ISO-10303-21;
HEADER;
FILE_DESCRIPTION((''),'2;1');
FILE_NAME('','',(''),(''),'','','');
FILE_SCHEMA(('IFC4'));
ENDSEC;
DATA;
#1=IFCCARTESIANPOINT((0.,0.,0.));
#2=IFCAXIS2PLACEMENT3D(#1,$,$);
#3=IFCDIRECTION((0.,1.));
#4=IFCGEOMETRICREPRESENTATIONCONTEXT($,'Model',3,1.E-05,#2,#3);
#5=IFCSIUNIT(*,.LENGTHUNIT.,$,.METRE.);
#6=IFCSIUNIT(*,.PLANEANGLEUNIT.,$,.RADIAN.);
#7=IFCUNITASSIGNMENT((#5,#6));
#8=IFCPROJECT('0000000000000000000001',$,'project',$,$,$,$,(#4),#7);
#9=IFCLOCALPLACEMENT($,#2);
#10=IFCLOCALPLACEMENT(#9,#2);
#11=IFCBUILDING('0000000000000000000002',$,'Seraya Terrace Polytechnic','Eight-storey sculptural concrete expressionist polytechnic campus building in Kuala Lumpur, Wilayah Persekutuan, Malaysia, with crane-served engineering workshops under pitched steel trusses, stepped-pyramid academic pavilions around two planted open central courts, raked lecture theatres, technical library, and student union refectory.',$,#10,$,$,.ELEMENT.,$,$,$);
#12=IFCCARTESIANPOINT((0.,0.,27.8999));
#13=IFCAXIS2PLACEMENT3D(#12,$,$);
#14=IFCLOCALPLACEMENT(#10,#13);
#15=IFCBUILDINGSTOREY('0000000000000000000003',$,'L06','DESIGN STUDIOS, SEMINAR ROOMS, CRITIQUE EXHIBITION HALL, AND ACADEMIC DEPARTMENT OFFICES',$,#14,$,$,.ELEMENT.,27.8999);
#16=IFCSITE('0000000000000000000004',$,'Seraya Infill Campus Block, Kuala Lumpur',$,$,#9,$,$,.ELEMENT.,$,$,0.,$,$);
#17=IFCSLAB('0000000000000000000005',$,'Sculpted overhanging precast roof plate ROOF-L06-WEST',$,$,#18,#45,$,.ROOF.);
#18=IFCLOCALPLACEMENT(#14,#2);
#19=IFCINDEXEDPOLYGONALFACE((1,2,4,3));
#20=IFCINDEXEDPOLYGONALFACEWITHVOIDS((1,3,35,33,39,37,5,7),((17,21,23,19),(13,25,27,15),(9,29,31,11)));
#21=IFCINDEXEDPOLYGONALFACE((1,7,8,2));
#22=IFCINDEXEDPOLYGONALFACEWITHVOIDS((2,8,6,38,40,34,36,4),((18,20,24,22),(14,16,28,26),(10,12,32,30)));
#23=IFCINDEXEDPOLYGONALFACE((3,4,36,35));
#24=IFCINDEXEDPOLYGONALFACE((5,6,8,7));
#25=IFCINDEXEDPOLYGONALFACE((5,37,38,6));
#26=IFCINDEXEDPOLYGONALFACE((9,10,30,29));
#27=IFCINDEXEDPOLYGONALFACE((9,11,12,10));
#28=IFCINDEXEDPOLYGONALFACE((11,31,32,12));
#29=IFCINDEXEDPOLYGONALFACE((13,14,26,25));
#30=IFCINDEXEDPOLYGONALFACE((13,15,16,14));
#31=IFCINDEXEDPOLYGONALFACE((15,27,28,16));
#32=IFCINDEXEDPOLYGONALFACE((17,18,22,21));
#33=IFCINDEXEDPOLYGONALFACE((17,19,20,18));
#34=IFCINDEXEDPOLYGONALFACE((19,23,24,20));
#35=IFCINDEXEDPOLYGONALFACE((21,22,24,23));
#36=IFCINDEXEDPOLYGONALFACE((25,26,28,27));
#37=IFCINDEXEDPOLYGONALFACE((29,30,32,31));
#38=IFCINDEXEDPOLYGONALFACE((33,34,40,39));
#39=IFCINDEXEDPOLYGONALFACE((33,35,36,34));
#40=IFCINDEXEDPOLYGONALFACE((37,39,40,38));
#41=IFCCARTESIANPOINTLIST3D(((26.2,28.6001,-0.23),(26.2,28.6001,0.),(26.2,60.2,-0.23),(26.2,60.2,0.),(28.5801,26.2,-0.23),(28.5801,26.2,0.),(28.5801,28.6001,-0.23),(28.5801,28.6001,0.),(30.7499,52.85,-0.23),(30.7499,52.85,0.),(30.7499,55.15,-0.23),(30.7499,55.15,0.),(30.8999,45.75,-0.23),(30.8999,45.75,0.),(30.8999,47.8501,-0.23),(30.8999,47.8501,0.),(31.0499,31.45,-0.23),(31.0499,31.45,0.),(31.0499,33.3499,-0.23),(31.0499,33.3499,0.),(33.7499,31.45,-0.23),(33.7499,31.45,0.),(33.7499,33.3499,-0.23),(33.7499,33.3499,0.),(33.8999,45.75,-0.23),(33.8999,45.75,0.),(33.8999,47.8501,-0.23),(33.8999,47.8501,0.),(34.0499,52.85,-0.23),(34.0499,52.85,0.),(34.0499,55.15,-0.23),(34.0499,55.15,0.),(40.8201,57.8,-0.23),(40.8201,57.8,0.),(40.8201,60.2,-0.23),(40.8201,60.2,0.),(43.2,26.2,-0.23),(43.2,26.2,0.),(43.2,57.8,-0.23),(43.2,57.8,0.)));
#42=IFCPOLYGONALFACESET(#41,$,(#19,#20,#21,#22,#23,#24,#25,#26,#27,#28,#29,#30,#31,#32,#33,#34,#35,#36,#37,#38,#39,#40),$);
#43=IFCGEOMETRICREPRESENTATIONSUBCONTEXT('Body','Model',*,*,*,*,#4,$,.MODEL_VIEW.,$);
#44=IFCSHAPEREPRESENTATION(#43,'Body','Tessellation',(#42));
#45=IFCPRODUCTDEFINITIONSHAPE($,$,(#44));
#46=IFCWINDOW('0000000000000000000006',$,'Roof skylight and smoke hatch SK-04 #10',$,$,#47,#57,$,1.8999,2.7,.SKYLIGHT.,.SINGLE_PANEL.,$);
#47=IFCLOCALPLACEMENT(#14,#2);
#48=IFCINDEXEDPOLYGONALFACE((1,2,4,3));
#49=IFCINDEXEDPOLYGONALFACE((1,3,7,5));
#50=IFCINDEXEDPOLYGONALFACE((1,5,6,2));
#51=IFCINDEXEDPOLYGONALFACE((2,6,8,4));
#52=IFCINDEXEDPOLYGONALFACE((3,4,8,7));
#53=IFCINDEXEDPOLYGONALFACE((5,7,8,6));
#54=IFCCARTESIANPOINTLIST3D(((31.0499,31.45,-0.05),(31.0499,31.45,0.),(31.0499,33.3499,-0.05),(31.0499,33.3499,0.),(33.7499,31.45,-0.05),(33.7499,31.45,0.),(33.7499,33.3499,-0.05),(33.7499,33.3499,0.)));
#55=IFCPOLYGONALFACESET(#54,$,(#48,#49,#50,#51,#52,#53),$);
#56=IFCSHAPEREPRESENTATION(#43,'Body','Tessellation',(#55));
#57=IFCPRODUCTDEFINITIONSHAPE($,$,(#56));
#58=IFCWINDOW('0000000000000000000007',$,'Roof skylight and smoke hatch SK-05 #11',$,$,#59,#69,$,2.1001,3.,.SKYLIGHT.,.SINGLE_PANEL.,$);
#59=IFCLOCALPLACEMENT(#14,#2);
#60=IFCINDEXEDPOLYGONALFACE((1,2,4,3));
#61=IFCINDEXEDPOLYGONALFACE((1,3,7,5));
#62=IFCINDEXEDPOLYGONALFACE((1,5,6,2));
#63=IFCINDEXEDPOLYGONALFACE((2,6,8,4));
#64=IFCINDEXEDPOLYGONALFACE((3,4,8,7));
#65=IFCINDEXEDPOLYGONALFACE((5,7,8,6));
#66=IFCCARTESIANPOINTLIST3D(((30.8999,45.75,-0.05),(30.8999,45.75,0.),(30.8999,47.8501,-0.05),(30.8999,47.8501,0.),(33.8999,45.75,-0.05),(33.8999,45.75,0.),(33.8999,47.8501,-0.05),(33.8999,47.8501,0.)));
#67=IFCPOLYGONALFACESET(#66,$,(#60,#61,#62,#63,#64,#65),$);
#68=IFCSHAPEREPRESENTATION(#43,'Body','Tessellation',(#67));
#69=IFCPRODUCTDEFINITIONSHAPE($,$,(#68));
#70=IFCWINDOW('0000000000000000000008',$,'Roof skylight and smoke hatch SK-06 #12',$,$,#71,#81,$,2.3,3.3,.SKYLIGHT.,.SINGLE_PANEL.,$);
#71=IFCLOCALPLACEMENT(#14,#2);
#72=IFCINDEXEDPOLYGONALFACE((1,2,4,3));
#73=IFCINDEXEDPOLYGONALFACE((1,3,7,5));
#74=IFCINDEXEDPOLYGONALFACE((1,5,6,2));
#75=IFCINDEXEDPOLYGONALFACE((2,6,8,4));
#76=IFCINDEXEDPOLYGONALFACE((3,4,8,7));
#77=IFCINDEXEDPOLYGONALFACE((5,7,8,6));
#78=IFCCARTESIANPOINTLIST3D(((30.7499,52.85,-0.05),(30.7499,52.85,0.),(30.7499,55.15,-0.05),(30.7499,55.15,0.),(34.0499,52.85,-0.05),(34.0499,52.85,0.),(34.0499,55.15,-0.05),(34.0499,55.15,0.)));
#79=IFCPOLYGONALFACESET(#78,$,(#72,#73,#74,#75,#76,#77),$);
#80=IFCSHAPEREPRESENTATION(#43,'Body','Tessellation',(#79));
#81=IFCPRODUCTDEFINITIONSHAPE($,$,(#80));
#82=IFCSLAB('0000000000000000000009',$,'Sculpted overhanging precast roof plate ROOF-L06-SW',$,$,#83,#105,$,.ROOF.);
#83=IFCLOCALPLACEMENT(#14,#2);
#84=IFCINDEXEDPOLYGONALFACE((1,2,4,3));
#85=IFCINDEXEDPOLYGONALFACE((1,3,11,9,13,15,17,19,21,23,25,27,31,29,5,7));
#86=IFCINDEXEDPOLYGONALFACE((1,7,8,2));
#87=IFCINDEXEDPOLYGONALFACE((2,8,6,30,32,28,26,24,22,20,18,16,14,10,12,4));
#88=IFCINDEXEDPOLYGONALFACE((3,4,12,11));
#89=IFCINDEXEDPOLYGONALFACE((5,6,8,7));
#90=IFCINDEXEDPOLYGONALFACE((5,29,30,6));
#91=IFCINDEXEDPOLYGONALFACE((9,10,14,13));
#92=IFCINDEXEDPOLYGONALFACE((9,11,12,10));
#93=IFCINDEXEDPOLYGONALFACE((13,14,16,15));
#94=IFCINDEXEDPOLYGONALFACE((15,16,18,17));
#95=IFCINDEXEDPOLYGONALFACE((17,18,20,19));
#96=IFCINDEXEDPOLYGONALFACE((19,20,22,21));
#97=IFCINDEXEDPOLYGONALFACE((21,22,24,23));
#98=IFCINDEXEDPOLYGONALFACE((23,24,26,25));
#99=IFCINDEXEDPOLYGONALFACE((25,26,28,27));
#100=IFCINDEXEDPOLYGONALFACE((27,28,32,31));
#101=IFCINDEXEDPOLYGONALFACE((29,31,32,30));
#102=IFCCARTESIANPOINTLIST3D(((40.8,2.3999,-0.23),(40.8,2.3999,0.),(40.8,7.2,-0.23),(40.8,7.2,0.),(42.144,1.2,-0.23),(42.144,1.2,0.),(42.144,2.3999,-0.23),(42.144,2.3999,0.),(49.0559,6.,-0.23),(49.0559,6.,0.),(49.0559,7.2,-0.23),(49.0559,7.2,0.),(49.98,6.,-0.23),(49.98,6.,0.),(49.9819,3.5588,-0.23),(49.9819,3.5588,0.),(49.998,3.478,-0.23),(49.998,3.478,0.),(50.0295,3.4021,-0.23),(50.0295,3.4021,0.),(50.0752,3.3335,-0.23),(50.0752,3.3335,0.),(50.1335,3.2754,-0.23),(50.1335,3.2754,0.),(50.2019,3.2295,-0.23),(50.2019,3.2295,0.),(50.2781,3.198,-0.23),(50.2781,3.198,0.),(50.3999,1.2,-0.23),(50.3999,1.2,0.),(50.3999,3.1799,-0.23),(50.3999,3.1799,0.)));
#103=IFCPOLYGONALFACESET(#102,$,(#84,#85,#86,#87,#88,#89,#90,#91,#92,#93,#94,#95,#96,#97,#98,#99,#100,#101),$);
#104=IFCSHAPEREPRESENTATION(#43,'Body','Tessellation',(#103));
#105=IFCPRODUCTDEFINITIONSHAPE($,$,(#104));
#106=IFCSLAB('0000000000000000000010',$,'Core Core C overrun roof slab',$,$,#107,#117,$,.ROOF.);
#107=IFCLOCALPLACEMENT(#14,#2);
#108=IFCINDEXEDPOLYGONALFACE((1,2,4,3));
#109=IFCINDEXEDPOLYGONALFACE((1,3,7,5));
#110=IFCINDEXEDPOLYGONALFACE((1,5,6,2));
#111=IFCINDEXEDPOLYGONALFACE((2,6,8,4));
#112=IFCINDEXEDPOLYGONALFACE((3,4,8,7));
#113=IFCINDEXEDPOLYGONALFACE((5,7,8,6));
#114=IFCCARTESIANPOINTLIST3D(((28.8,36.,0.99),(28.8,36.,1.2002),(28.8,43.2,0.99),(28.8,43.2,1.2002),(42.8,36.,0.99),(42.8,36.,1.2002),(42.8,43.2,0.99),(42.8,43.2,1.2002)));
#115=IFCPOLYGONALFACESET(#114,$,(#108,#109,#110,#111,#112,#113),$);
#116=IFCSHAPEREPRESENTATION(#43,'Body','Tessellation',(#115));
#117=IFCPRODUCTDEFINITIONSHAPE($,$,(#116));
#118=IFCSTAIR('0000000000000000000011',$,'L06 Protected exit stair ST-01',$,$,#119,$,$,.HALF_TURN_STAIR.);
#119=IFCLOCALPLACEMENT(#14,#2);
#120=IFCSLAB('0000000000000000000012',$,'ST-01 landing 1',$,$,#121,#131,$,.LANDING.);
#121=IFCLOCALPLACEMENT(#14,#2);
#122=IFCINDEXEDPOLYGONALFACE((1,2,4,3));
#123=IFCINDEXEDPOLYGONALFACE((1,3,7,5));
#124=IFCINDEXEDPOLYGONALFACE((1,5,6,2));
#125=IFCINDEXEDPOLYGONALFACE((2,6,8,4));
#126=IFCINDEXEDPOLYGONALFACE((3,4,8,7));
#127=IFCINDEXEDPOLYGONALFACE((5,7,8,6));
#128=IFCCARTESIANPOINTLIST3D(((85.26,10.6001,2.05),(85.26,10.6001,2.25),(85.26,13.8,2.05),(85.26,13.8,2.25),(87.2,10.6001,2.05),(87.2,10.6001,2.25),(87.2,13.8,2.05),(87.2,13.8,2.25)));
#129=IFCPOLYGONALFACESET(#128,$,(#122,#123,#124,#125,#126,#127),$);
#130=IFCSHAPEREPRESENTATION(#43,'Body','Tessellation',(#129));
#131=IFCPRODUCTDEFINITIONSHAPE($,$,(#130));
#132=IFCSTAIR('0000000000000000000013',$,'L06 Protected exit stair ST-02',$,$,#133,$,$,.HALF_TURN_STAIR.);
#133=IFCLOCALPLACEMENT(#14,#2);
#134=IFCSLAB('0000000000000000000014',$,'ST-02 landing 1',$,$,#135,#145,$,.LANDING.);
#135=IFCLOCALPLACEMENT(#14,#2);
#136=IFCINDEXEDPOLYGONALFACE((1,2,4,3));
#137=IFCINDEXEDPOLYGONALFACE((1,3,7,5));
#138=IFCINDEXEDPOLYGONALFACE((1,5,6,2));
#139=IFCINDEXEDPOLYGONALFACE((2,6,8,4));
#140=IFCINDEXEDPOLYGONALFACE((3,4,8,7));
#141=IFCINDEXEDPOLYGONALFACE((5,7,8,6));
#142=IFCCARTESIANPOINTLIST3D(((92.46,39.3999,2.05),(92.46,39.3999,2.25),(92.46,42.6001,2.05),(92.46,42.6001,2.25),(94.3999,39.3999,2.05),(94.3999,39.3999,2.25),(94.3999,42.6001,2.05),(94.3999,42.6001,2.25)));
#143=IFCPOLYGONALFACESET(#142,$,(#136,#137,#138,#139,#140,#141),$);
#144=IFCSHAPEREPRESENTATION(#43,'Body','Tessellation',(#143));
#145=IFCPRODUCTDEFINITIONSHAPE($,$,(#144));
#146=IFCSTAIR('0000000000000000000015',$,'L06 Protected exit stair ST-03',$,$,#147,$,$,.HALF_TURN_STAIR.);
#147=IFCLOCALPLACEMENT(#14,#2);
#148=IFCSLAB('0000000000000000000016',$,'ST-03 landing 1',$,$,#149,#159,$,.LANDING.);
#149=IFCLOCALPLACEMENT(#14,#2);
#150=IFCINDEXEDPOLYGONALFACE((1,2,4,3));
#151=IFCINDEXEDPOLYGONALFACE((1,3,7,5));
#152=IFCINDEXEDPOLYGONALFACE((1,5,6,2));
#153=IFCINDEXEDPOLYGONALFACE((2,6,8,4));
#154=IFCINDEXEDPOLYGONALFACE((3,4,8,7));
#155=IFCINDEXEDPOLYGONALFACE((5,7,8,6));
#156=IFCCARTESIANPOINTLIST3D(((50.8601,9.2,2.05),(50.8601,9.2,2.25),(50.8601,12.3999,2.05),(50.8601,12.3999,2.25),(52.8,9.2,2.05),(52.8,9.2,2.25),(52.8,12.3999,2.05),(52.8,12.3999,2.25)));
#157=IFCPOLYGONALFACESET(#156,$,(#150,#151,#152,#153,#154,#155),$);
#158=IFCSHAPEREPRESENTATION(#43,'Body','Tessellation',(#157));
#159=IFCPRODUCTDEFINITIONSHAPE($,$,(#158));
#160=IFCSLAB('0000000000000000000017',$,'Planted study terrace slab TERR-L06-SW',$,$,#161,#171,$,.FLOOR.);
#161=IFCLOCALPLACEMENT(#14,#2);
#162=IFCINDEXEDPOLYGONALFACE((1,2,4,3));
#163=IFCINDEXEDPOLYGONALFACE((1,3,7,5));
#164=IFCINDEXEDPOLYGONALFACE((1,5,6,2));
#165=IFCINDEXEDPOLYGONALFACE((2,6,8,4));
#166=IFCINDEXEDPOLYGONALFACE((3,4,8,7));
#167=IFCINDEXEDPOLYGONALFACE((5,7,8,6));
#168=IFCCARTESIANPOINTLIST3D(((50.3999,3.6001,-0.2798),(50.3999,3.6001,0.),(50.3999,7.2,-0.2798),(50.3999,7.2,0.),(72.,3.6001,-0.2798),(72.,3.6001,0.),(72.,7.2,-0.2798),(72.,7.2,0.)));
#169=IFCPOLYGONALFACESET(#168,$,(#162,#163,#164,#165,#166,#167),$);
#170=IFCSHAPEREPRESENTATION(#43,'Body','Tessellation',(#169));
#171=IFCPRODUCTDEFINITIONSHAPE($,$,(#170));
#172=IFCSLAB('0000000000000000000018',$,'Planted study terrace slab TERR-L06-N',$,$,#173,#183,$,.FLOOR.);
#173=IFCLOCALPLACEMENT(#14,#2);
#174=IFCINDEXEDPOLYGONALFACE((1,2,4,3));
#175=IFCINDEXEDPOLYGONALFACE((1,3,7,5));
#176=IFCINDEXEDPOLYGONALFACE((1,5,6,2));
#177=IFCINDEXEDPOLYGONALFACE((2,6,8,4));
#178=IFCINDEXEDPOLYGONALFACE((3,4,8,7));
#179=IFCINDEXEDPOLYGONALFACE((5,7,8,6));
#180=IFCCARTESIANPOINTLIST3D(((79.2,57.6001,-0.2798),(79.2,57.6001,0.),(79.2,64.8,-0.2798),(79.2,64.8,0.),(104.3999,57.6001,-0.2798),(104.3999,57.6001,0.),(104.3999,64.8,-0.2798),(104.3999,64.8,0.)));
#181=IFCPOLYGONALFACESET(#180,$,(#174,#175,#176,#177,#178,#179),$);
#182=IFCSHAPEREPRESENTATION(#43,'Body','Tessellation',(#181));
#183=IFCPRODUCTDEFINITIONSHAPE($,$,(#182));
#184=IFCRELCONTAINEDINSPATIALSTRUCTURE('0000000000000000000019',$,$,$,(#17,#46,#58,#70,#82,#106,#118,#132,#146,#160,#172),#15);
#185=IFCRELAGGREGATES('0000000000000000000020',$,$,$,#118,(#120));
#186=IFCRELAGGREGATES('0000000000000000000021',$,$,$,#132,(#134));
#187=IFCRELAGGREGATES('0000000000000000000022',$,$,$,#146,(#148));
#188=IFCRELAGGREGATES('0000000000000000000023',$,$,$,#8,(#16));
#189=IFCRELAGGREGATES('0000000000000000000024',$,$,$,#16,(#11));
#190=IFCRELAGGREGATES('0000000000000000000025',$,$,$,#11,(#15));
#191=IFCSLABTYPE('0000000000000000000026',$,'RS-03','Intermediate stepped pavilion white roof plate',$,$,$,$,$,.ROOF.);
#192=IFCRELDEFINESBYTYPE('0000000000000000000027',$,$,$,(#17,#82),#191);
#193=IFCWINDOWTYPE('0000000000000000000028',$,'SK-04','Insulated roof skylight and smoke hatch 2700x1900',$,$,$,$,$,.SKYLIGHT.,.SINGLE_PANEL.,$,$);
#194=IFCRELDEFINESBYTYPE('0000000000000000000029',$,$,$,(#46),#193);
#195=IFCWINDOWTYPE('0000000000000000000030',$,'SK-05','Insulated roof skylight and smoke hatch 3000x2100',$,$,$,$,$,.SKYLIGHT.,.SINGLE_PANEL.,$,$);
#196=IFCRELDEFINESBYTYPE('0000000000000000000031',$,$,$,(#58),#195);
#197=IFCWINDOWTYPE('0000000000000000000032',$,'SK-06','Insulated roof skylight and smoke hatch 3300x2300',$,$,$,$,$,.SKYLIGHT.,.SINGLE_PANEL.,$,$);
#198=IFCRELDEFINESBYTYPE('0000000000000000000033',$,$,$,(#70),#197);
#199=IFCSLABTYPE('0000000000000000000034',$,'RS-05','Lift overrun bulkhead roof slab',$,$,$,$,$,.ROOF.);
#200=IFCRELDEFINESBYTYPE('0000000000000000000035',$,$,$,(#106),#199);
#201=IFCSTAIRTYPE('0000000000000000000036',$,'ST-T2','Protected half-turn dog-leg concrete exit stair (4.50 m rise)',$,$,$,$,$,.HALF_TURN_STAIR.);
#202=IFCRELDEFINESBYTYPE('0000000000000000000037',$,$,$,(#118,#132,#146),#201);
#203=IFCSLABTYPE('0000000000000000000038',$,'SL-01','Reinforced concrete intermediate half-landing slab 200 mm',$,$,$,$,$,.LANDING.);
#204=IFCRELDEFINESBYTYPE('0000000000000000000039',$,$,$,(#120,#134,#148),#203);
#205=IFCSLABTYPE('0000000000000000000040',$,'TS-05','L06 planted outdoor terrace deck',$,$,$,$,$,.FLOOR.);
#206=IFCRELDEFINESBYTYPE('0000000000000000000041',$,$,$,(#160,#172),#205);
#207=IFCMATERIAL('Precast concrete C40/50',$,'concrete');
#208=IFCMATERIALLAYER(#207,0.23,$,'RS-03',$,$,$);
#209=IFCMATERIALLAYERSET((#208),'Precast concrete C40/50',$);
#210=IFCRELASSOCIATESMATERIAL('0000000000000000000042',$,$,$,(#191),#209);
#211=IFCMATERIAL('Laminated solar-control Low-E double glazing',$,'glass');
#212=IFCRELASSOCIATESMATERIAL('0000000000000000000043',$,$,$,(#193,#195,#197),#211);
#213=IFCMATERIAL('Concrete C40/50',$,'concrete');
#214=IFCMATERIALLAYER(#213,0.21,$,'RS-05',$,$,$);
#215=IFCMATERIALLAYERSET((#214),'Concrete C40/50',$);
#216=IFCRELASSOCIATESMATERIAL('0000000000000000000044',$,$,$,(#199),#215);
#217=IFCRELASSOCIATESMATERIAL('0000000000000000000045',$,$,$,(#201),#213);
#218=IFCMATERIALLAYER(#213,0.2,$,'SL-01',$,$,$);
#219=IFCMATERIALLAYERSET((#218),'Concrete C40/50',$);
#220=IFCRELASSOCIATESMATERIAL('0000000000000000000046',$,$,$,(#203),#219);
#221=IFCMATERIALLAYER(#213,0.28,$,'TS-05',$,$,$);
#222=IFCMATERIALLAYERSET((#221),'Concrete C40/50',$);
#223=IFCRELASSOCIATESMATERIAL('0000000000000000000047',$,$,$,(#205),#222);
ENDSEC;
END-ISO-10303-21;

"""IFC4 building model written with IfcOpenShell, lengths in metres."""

from ifc_helpers import new_model, si_unit, direction, frame, origin, origin_2d, place, context, subcontext, project, spatial, polyline, rectangle, outline, extrude, material, layer, layer_set, type_object, element, fill, aggregate, save


model = new_model("IFC4")

# Units and contexts
model_context = context("Model", 3, precision=1e-05, world=origin(), true_north=direction((0.0, 1.0)))
body_context = subcontext(model_context, "Body", "Model", "MODEL_VIEW")
ifc_project = project(units=[si_unit("LENGTHUNIT", "METRE"), si_unit("PLANEANGLEUNIT", "RADIAN")], contexts=[model_context])

# Site, building, storey
site_placement = place(None, origin())
site = spatial("IfcSite", under=ifc_project, at=site_placement, Name="Seraya Infill Campus Block, Kuala Lumpur", CompositionType="ELEMENT", RefElevation=0.0)
building_placement = place(site_placement, origin())
building = spatial("IfcBuilding", under=site, at=building_placement, Name="Seraya Terrace Polytechnic", Description="Eight-storey sculptural concrete expressionist polytechnic campus building in Kuala Lumpur, Wilayah Persekutuan, Malaysia, with crane-served engineering workshops under pitched steel trusses, stepped-pyramid academic pavilions around two planted open central courts, raked lecture theatres, technical library, and student union refectory.", CompositionType="ELEMENT")
storey_placement = place(building_placement, frame((0.0, 0.0, 27.8999)))
storey = spatial("IfcBuildingStorey", under=building, at=storey_placement, Name="L06", Description="DESIGN STUDIOS, SEMINAR ROOMS, CRITIQUE EXHIBITION HALL, AND ACADEMIC DEPARTMENT OFFICES", CompositionType="ELEMENT", Elevation=27.8999)

# Shared definitions
ifc_material_1 = material(Name="Concrete C40/50", Category="concrete")

# Slab, openings, windows
ifc_material_2 = material(Name="Precast concrete C40/50", Category="concrete")
ifc_layer_1 = layer(ifc_material_2, 0.23, Name="RS-03")
ifc_layer_set_1 = layer_set([ifc_layer_1], Name="Precast concrete C40/50")
slab_type_1 = type_object("IfcSlabType", Name="RS-03", Description="Intermediate stepped pavilion white roof plate", PredefinedType="ROOF", material=ifc_layer_set_1)
slab_1_placement = place(storey_placement, frame((0.0, 0.0, -0.23)))
slab_1 = element("IfcSlab", 1, at=slab_1_placement, inside=storey, type_object=slab_type_1, Name="Sculpted overhanging precast roof plate ROOF-L06-WEST", PredefinedType="ROOF", context=body_context, shape_type="SweptSolid", body=[
    extrude(outline(polyline([(28.5801, 28.6001), (26.2, 28.6001), (26.2, 60.2), (40.8201, 60.2), (40.8201, 57.8), (43.2, 57.8), (43.2, 26.2), (28.5801, 26.2), (28.5801, 28.6001)])), origin(), (0.0, 0.0, 1.0), 0.23),
])
opening_1_placement = place(slab_1_placement, frame((32.3999, 32.3999, -0.012)))
opening_1 = element("IfcOpeningElement", 2, at=opening_1_placement, cuts=slab_1, PredefinedType="OPENING", context=body_context, shape_type="SweptSolid", body=[
    extrude(rectangle(XDim=2.7, YDim=1.8999, at=origin_2d()), origin(), (0.0, 0.0, 1.0), 0.2539),
])
opening_2_placement = place(slab_1_placement, frame((32.3999, 46.8, -0.012)))
opening_2 = element("IfcOpeningElement", 3, at=opening_2_placement, cuts=slab_1, PredefinedType="OPENING", context=body_context, shape_type="SweptSolid", body=[
    extrude(rectangle(XDim=3.0, YDim=2.1001, at=origin_2d()), origin(), (0.0, 0.0, 1.0), 0.2539),
])
opening_3_placement = place(slab_1_placement, frame((32.3999, 54.0, -0.012)))
opening_3 = element("IfcOpeningElement", 4, at=opening_3_placement, cuts=slab_1, PredefinedType="OPENING", context=body_context, shape_type="SweptSolid", body=[
    extrude(rectangle(XDim=3.3, YDim=2.3, at=origin_2d()), origin(), (0.0, 0.0, 1.0), 0.2539),
])
ifc_material_3 = material(Name="Laminated solar-control Low-E double glazing", Category="glass")
window_type_1 = type_object("IfcWindowType", Name="SK-04", Description="Insulated roof skylight and smoke hatch 2700x1900", PartitioningType="SINGLE_PANEL", PredefinedType="SKYLIGHT", material=ifc_material_3)
window_1_placement = place(slab_1_placement, frame((32.3999, 32.3999, 0.1799)))
window_1 = element("IfcWindow", 5, at=window_1_placement, inside=storey, type_object=window_type_1, Name="Roof skylight and smoke hatch SK-04 #10", OverallHeight=1.8999, OverallWidth=2.7, PartitioningType="SINGLE_PANEL", PredefinedType="SKYLIGHT", context=body_context, shape_type="SweptSolid", body=[
    extrude(rectangle(XDim=2.7, YDim=1.8999, at=origin_2d()), origin(), (0.0, 0.0, 1.0), 0.05),
])
fill(opening_1, window_1)
window_type_2 = type_object("IfcWindowType", Name="SK-05", Description="Insulated roof skylight and smoke hatch 3000x2100", PartitioningType="SINGLE_PANEL", PredefinedType="SKYLIGHT", material=ifc_material_3)
window_2_placement = place(slab_1_placement, frame((32.3999, 46.8, 0.1799)))
window_2 = element("IfcWindow", 6, at=window_2_placement, inside=storey, type_object=window_type_2, Name="Roof skylight and smoke hatch SK-05 #11", OverallHeight=2.1001, OverallWidth=3.0, PartitioningType="SINGLE_PANEL", PredefinedType="SKYLIGHT", context=body_context, shape_type="SweptSolid", body=[
    extrude(rectangle(XDim=3.0, YDim=2.1001, at=origin_2d()), origin(), (0.0, 0.0, 1.0), 0.05),
])
fill(opening_2, window_2)
window_type_3 = type_object("IfcWindowType", Name="SK-06", Description="Insulated roof skylight and smoke hatch 3300x2300", PartitioningType="SINGLE_PANEL", PredefinedType="SKYLIGHT", material=ifc_material_3)
window_3_placement = place(slab_1_placement, frame((32.3999, 54.0, 0.1799)))
window_3 = element("IfcWindow", 7, at=window_3_placement, inside=storey, type_object=window_type_3, Name="Roof skylight and smoke hatch SK-06 #12", OverallHeight=2.3, OverallWidth=3.3, PartitioningType="SINGLE_PANEL", PredefinedType="SKYLIGHT", context=body_context, shape_type="SweptSolid", body=[
    extrude(rectangle(XDim=3.3, YDim=2.3, at=origin_2d()), origin(), (0.0, 0.0, 1.0), 0.05),
])
fill(opening_3, window_3)

# Slabs
slab_2_placement = place(storey_placement, frame((0.0, 0.0, -0.23)))
element("IfcSlab", 8, at=slab_2_placement, inside=storey, type_object=slab_type_1, Name="Sculpted overhanging precast roof plate ROOF-L06-SW", PredefinedType="ROOF", context=body_context, shape_type="SweptSolid", body=[
    extrude(outline(polyline([(50.3999, 1.2), (42.144, 1.2), (42.144, 2.3999), (40.8, 2.3999), (40.8, 7.2), (49.0559, 7.2), (49.0559, 6.0), (49.98, 6.0), (49.9819, 3.5588), (49.998, 3.478), (50.0295, 3.4021), (50.0752, 3.3335), (50.1335, 3.2754), (50.2019, 3.2295), (50.2781, 3.198), (50.3999, 3.1799), (50.3999, 1.2)])), origin(), (0.0, 0.0, 1.0), 0.23),
])
ifc_layer_2 = layer(ifc_material_1, 0.21, Name="RS-05")
ifc_layer_set_2 = layer_set([ifc_layer_2], Name="Concrete C40/50")
slab_type_2 = type_object("IfcSlabType", Name="RS-05", Description="Lift overrun bulkhead roof slab", PredefinedType="ROOF", material=ifc_layer_set_2)
slab_3_placement = place(storey_placement, frame((0.0, 0.0, 0.99)))
element("IfcSlab", 9, at=slab_3_placement, inside=storey, type_object=slab_type_2, Name="Core Core C overrun roof slab", PredefinedType="ROOF", context=body_context, shape_type="SweptSolid", body=[
    extrude(outline(polyline([(28.8, 36.0), (42.8, 36.0), (42.8, 43.2), (28.8, 43.2), (28.8, 36.0)])), origin(), (0.0, 0.0, 1.0), 0.2102),
])

# Stairs, slabs
stair_type = type_object("IfcStairType", Name="ST-T2", Description="Protected half-turn dog-leg concrete exit stair (4.50 m rise)", PredefinedType="HALF_TURN_STAIR", material=ifc_material_1)
stair_1_placement = place(storey_placement, origin())
stair_1 = element("IfcStair", 10, at=stair_1_placement, inside=storey, type_object=stair_type, Name="L06 Protected exit stair ST-01", PredefinedType="HALF_TURN_STAIR")
ifc_layer_3 = layer(ifc_material_1, 0.2, Name="SL-01")
ifc_layer_set_3 = layer_set([ifc_layer_3], Name="Concrete C40/50")
slab_type_3 = type_object("IfcSlabType", Name="SL-01", Description="Reinforced concrete intermediate half-landing slab 200 mm", PredefinedType="LANDING", material=ifc_layer_set_3)
slab_4_placement = place(storey_placement, frame((0.0, 0.0, 2.05)))
slab_4 = element("IfcSlab", 11, at=slab_4_placement, type_object=slab_type_3, Name="ST-01 landing 1", PredefinedType="LANDING", context=body_context, shape_type="SweptSolid", body=[
    extrude(outline(polyline([(85.26, 10.6001), (87.2, 10.6001), (87.2, 13.8), (85.26, 13.8), (85.26, 10.6001)])), origin(), (0.0, 0.0, 1.0), 0.2),
])
aggregate(stair_1, [slab_4])
stair_2_placement = place(storey_placement, origin())
stair_2 = element("IfcStair", 12, at=stair_2_placement, inside=storey, type_object=stair_type, Name="L06 Protected exit stair ST-02", PredefinedType="HALF_TURN_STAIR")
slab_5_placement = place(storey_placement, frame((0.0, 0.0, 2.05)))
slab_5 = element("IfcSlab", 13, at=slab_5_placement, type_object=slab_type_3, Name="ST-02 landing 1", PredefinedType="LANDING", context=body_context, shape_type="SweptSolid", body=[
    extrude(outline(polyline([(92.46, 39.3999), (94.3999, 39.3999), (94.3999, 42.6001), (92.46, 42.6001), (92.46, 39.3999)])), origin(), (0.0, 0.0, 1.0), 0.2),
])
aggregate(stair_2, [slab_5])
stair_3_placement = place(storey_placement, origin())
stair_3 = element("IfcStair", 14, at=stair_3_placement, inside=storey, type_object=stair_type, Name="L06 Protected exit stair ST-03", PredefinedType="HALF_TURN_STAIR")
slab_6_placement = place(storey_placement, frame((0.0, 0.0, 2.05)))
slab_6 = element("IfcSlab", 15, at=slab_6_placement, type_object=slab_type_3, Name="ST-03 landing 1", PredefinedType="LANDING", context=body_context, shape_type="SweptSolid", body=[
    extrude(outline(polyline([(50.8601, 9.2), (52.8, 9.2), (52.8, 12.3999), (50.8601, 12.3999), (50.8601, 9.2)])), origin(), (0.0, 0.0, 1.0), 0.2),
])
aggregate(stair_3, [slab_6])

# Slabs
ifc_layer_4 = layer(ifc_material_1, 0.28, Name="TS-05")
ifc_layer_set_4 = layer_set([ifc_layer_4], Name="Concrete C40/50")
slab_type_4 = type_object("IfcSlabType", Name="TS-05", Description="L06 planted outdoor terrace deck", PredefinedType="FLOOR", material=ifc_layer_set_4)
slab_7_placement = place(storey_placement, frame((0.0, 0.0, -0.2798)))
element("IfcSlab", 16, at=slab_7_placement, inside=storey, type_object=slab_type_4, Name="Planted study terrace slab TERR-L06-SW", PredefinedType="FLOOR", context=body_context, shape_type="SweptSolid", body=[
    extrude(outline(polyline([(50.3999, 3.6001), (50.3999, 7.2), (72.0, 7.2), (72.0, 3.6001), (50.3999, 3.6001)])), origin(), (0.0, 0.0, 1.0), 0.2798),
])
slab_8_placement = place(storey_placement, frame((0.0, 0.0, -0.2798)))
element("IfcSlab", 17, at=slab_8_placement, inside=storey, type_object=slab_type_4, Name="Planted study terrace slab TERR-L06-N", PredefinedType="FLOOR", context=body_context, shape_type="SweptSolid", body=[
    extrude(outline(polyline([(79.2, 57.6001), (79.2, 64.8), (104.3999, 64.8), (104.3999, 57.6001), (79.2, 57.6001)])), origin(), (0.0, 0.0, 1.0), 0.2798),
])

save(model, "model.ifc")
